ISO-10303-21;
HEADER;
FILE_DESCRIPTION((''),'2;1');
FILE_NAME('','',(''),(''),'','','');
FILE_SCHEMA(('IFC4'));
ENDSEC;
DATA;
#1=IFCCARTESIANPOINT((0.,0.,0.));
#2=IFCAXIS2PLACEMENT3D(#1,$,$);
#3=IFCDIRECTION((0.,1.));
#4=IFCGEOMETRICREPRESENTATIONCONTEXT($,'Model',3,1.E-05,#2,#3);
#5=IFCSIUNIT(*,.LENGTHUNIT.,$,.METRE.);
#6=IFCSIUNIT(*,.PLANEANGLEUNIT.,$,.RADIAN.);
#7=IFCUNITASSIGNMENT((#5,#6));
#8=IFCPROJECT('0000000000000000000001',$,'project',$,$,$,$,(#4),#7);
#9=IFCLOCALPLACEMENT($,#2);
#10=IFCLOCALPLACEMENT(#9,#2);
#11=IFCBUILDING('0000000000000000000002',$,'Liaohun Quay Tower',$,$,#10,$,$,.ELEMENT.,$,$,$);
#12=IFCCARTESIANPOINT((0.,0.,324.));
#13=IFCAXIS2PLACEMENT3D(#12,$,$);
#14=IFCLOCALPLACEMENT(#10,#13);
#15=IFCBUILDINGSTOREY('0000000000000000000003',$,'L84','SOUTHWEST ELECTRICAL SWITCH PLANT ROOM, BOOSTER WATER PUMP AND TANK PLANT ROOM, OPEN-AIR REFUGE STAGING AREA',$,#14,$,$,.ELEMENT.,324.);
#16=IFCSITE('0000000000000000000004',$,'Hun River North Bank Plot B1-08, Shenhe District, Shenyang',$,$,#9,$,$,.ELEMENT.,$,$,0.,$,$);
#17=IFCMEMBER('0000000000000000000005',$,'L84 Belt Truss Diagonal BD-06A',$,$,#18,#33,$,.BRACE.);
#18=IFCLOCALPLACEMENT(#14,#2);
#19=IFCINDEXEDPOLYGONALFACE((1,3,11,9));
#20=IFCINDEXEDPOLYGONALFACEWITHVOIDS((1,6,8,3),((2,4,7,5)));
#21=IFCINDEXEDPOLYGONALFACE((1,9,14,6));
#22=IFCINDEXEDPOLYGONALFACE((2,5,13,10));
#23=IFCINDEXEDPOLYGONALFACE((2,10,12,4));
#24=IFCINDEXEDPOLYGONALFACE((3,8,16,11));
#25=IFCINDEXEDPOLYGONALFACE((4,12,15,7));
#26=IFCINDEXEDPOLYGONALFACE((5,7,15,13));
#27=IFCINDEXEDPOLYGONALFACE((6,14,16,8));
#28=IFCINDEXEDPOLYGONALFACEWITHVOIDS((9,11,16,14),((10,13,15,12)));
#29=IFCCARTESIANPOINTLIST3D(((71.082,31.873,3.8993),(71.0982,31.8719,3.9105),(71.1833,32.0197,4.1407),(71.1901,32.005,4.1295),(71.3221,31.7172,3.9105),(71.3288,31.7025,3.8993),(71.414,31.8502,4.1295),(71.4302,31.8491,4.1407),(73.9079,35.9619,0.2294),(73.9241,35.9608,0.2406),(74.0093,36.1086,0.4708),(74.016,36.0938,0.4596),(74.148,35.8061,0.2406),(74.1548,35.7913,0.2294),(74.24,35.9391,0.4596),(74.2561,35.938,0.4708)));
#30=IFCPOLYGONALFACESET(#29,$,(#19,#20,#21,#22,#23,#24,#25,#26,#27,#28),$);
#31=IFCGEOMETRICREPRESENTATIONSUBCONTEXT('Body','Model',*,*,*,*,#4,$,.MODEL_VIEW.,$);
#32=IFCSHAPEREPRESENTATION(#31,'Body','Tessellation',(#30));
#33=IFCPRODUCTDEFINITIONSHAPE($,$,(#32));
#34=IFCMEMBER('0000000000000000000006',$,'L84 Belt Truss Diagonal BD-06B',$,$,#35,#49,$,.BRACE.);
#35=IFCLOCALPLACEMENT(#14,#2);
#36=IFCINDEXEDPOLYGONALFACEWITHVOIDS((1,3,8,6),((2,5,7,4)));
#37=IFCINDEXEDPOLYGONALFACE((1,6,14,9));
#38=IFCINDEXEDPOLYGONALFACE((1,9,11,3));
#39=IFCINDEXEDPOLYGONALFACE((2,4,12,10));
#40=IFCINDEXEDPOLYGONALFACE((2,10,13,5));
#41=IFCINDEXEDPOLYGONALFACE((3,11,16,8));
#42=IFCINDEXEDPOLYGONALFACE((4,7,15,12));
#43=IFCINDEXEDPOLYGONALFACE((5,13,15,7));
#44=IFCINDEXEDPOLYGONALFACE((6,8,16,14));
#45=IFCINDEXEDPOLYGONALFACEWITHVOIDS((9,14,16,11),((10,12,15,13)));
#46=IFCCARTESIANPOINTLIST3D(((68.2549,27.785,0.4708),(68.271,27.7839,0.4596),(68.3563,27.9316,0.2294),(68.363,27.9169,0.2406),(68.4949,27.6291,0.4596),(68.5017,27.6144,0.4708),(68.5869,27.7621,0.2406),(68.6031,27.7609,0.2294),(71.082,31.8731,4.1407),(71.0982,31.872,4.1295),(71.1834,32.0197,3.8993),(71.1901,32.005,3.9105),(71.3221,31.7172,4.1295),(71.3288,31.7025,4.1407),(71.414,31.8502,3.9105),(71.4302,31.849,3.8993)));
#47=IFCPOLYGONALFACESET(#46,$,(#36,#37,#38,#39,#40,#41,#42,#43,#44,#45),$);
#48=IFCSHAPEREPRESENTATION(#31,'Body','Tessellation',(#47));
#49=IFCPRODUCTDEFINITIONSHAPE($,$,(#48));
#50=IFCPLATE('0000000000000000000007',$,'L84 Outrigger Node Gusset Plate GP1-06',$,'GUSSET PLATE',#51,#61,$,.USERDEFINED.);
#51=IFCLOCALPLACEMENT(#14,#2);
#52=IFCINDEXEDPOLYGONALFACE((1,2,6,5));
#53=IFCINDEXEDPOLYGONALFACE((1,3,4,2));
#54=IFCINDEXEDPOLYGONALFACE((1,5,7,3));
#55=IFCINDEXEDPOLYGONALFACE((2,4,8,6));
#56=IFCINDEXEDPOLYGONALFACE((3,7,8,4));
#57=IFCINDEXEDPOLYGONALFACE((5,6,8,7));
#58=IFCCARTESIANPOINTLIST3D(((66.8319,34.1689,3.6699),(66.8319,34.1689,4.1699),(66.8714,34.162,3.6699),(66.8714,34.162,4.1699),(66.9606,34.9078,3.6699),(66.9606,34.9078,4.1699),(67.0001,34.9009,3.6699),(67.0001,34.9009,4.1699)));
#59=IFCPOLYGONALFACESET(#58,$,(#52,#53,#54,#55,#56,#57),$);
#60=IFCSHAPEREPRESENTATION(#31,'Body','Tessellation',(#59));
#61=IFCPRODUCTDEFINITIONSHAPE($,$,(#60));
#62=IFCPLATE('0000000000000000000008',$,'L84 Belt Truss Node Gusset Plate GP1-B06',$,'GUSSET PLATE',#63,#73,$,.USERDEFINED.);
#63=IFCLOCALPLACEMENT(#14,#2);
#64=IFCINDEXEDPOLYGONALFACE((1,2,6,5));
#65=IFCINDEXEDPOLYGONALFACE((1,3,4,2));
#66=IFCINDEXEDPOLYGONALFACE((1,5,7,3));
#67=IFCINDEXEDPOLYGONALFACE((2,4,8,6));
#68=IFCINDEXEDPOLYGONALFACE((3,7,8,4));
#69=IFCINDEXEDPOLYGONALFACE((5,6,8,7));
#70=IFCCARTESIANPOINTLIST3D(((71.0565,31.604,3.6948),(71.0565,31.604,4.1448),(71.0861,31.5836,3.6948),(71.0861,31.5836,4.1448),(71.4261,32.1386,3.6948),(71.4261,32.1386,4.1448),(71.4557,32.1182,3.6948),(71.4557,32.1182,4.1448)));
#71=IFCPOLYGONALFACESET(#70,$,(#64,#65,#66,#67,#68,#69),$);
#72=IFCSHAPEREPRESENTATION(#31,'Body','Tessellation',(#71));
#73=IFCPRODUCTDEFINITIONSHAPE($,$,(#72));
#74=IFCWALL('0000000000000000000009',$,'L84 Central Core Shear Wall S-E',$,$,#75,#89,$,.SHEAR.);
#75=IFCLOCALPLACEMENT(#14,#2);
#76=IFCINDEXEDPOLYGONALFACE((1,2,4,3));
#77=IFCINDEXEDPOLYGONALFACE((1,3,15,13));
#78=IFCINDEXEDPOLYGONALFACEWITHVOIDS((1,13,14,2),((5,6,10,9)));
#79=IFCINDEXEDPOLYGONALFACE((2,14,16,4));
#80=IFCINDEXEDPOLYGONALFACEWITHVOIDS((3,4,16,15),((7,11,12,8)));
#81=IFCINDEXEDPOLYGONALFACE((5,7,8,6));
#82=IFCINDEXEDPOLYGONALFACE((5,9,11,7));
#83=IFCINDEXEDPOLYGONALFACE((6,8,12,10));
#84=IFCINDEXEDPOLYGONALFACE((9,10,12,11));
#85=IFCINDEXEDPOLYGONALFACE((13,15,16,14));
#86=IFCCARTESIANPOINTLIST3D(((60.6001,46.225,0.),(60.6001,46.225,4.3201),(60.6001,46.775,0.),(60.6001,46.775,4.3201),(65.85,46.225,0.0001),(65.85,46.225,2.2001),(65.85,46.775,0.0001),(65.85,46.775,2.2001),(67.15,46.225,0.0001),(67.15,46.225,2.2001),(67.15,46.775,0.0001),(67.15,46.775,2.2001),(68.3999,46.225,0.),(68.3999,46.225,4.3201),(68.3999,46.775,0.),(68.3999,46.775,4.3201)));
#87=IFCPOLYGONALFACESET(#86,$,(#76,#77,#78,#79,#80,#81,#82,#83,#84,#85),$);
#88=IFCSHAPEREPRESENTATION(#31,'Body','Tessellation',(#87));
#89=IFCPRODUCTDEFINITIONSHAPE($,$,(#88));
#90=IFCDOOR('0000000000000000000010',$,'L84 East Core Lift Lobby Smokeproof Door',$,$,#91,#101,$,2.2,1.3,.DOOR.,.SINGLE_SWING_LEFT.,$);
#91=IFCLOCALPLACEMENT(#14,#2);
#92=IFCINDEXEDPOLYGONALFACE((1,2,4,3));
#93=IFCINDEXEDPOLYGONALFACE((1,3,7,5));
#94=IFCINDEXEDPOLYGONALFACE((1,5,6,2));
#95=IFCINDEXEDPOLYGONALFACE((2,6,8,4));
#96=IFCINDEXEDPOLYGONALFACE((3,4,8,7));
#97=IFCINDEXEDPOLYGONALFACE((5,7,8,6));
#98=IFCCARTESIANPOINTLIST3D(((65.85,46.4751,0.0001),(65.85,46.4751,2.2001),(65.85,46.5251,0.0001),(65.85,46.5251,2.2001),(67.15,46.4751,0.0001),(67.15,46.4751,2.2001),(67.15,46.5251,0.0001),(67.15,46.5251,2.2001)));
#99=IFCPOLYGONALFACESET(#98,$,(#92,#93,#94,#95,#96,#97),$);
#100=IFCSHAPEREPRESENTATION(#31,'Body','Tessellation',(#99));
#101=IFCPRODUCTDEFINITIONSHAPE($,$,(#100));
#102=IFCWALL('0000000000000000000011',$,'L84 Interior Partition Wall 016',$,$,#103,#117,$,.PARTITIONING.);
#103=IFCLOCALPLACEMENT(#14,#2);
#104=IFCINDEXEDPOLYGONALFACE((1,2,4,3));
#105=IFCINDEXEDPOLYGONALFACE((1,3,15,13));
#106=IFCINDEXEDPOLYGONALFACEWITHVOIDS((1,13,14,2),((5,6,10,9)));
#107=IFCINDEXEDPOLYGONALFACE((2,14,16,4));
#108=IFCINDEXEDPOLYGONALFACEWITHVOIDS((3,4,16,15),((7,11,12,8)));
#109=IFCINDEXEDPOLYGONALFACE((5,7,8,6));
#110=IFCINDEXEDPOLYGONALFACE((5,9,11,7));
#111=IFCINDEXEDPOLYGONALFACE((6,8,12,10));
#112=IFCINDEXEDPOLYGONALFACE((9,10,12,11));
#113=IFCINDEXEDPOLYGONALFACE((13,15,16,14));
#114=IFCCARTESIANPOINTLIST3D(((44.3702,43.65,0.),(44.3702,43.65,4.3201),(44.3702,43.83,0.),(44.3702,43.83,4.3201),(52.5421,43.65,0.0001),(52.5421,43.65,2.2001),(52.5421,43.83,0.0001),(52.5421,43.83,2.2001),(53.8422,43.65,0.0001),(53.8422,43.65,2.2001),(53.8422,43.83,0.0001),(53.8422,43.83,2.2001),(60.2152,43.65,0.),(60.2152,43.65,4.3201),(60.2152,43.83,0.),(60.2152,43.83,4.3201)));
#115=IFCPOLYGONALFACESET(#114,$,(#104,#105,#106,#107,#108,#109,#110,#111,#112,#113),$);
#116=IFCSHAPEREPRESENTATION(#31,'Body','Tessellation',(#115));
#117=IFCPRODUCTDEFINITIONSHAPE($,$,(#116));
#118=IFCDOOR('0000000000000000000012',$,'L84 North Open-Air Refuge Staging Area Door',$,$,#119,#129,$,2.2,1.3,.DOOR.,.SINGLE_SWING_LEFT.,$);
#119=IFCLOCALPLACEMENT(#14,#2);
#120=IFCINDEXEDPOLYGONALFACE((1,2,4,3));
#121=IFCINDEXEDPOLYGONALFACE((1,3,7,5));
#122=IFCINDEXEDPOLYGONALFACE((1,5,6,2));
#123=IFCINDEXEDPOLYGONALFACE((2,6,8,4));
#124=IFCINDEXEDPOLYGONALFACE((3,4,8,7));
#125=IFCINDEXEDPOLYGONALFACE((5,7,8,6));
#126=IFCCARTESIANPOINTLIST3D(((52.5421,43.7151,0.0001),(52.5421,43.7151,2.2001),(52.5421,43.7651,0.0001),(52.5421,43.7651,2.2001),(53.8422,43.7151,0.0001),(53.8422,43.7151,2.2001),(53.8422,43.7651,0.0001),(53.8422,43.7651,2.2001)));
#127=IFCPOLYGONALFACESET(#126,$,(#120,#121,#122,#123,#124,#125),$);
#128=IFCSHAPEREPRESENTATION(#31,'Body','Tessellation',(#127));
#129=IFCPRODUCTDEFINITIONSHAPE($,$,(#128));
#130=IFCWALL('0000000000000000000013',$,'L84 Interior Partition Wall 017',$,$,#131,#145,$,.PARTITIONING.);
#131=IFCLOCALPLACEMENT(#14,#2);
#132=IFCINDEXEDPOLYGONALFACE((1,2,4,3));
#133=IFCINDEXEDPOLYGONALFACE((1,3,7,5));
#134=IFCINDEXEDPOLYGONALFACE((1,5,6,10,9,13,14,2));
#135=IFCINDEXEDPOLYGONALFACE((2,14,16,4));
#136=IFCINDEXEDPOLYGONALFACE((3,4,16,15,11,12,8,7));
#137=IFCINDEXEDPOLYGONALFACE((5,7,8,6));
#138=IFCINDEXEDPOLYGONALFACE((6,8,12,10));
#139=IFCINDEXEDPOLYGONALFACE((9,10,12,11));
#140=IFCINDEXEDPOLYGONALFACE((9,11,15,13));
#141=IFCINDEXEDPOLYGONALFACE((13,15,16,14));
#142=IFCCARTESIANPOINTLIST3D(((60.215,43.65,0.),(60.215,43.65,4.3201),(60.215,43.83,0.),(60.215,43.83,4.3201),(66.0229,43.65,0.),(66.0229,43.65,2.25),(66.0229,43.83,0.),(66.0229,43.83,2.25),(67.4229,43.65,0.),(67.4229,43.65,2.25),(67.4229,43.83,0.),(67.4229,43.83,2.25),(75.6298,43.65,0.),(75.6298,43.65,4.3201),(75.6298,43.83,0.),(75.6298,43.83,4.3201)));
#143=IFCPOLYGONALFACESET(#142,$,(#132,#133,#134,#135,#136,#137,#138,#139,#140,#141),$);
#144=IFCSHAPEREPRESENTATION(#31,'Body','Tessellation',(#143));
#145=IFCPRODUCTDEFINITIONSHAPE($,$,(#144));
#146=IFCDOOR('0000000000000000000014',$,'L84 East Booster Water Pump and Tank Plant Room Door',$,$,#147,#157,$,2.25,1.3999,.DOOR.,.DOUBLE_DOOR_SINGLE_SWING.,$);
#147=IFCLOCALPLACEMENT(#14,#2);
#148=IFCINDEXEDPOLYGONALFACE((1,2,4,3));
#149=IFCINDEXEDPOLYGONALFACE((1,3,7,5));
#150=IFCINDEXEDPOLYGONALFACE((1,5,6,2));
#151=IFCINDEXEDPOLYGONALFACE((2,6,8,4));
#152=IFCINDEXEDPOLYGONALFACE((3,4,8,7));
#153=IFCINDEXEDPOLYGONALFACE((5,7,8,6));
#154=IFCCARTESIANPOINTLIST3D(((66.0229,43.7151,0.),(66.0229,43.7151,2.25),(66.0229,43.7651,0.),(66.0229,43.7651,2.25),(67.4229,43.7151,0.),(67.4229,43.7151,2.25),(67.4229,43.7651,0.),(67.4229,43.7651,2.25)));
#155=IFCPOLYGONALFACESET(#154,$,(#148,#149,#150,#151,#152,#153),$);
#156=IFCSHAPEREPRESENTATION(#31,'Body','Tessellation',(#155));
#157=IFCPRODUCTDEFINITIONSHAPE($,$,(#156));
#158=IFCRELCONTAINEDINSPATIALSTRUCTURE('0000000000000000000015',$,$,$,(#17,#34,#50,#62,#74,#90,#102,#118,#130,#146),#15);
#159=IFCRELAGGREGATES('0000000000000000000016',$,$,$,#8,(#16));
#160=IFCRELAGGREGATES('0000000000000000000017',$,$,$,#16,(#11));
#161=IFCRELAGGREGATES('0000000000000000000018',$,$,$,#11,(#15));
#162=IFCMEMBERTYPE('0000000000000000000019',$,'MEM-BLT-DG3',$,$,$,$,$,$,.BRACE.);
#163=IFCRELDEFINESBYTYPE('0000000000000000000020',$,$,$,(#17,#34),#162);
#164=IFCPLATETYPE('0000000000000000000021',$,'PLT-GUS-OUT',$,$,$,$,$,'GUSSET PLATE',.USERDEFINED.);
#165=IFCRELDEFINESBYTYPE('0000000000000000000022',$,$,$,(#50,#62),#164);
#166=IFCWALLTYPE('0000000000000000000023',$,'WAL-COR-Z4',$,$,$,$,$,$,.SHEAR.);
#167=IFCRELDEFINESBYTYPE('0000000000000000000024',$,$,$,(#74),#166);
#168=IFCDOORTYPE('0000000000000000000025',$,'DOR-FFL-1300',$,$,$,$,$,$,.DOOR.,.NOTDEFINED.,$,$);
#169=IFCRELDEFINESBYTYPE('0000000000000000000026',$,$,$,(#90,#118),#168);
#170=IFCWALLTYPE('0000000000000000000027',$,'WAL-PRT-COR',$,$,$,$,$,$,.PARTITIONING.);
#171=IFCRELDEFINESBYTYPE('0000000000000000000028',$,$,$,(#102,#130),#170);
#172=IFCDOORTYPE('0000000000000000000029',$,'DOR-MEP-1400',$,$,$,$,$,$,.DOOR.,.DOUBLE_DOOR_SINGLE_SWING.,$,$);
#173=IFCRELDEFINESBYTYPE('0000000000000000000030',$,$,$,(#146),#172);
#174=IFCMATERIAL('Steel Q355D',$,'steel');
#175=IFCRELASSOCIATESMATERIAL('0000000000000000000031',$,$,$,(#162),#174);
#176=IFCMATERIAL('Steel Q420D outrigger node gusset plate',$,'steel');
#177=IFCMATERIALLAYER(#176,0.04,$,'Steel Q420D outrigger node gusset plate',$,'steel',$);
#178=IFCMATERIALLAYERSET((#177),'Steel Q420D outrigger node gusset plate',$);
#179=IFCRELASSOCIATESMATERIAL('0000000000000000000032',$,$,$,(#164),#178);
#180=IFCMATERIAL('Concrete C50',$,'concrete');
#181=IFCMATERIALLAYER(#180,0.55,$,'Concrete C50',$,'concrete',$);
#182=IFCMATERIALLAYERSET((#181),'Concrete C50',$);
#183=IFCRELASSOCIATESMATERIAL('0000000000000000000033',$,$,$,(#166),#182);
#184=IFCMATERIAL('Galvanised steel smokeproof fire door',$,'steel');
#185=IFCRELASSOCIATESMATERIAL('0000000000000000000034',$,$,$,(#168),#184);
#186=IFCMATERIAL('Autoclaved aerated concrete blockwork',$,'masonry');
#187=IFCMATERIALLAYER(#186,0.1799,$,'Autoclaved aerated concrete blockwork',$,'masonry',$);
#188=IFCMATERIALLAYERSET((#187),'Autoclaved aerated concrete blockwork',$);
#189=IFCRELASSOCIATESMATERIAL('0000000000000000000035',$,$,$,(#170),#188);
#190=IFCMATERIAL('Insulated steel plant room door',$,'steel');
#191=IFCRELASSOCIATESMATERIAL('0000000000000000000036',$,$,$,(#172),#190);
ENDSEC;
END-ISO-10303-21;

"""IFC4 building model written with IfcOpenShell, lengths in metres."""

from ifc_helpers import new_model, si_unit, direction, frame, frame_2d, origin, origin_2d, place, context, subcontext, project, spatial, rectangle, hollow_rectangle, extrude, source, transform, mapped, material, layer, layer_set, material_profile, profile_set, type_object, element, fill, save


model = new_model("IFC4")

# Units and contexts
model_context = context("Model", 3, precision=1e-05, world=origin(), true_north=direction((0.0, 1.0)))
body_context = subcontext(model_context, "Body", "Model", "MODEL_VIEW")
ifc_project = project(units=[si_unit("LENGTHUNIT", "METRE"), si_unit("PLANEANGLEUNIT", "RADIAN")], contexts=[model_context])

# Site, building, storey
site_placement = place(None, origin())
site = spatial("IfcSite", under=ifc_project, at=site_placement, Name="Hun River North Bank Plot B1-08, Shenhe District, Shenyang", CompositionType="ELEMENT", RefElevation=0.0)
building_placement = place(site_placement, origin())
building = spatial("IfcBuilding", under=site, at=building_placement, Name="Liaohun Quay Tower", CompositionType="ELEMENT")
storey_placement = place(building_placement, frame((0.0, 0.0, 324.0)))
storey = spatial("IfcBuildingStorey", under=building, at=storey_placement, Name="L84", Description="SOUTHWEST ELECTRICAL SWITCH PLANT ROOM, BOOSTER WATER PUMP AND TANK PLANT ROOM, OPEN-AIR REFUGE STAGING AREA", CompositionType="ELEMENT", Elevation=324.0)

# Shared definitions
ifc_material_1 = material(Name="Concrete C50", Category="concrete")

# Shared definitions
ifc_material_2 = material(Name="Steel Q355D", Category="steel")

# Members
ifc_material_profile_1 = material_profile(ifc_material_2, hollow_rectangle(XDim=0.3, YDim=0.3, WallThickness=0.0139, at=origin_2d()), Name="SHS300x300x14")
ifc_profile_set_1 = profile_set([ifc_material_profile_1], Name="Steel Q355D")
member_type_1 = type_object("IfcMemberType", Name="MEM-BLT-DG3", PredefinedType="BRACE", material=ifc_profile_set_1)
shared_shape_1 = source(origin(), body_context, "Body", "SweptSolid", [
    extrude(hollow_rectangle(XDim=0.3, YDim=0.3, WallThickness=0.0139, at=origin_2d()), origin(), (0.0, 0.0, 1.0), 6.1785),
])
for number, where, z_axis, x_axis, name in (
    (1, (74.082, 35.95, 0.3501), (-0.457386, -0.661797, 0.593989), (0.822646, -0.568553, 0.0), "L84 Belt Truss Diagonal BD-06A"),
    (2, (71.2561, 31.8611, 4.02), (-0.457578, -0.66167, -0.593982), (0.822484, -0.568788, 0.0), "L84 Belt Truss Diagonal BD-06B"),
):
    element("IfcMember", number, at=place(storey_placement, frame(where, z_axis=z_axis, x_axis=x_axis)), inside=storey, type_object=member_type_1, Name=name, PredefinedType="BRACE", context=body_context, shape_type="MappedRepresentation", body=[
        mapped(shared_shape_1, transform((0.0, 0.0, 0.0), x_axis=(1.0, 0.0, 0.0), y_axis=(0.0, 1.0, 0.0), z_axis=(0.0, 0.0, 1.0), scale=1.0)),
    ])

# Plates
ifc_material_3 = material(Name="Steel Q420D outrigger node gusset plate", Category="steel")
ifc_layer_1 = layer(ifc_material_3, 0.04, Name="Steel Q420D outrigger node gusset plate", Category="steel")
ifc_layer_set_1 = layer_set([ifc_layer_1], Name="Steel Q420D outrigger node gusset plate")
plate_type = type_object("IfcPlateType", Name="PLT-GUS-OUT", ElementType="GUSSET PLATE", PredefinedType="USERDEFINED", material=ifc_layer_set_1)
shared_shape_2 = source(origin(), body_context, "Body", "SweptSolid", [
    extrude(rectangle(XDim=0.75, YDim=0.04, at=origin_2d()), origin(), (0.0, 0.0, 1.0), 0.5),
])
plate_1_placement = place(storey_placement, frame((66.916, 34.5349, 3.6699), z_axis=(0.0, 0.0, 1.0), x_axis=(-0.171585, -0.985169, 0.0)))
element("IfcPlate", 3, at=plate_1_placement, inside=storey, type_object=plate_type, Name="L84 Outrigger Node Gusset Plate GP1-06", ObjectType="GUSSET PLATE", PredefinedType="USERDEFINED", context=body_context, shape_type="MappedRepresentation", body=[
    mapped(shared_shape_2, transform((0.0, 0.0, 0.0), x_axis=(1.0, 0.0, 0.0), y_axis=(0.0, 1.0, 0.0), z_axis=(0.0, 0.0, 1.0), scale=1.0)),
])
shared_shape_3 = source(origin(), body_context, "Body", "SweptSolid", [
    extrude(rectangle(XDim=0.6499, YDim=0.0359, at=origin_2d()), origin(), (0.0, 0.0, 1.0), 0.45),
])
plate_2_placement = place(storey_placement, frame((71.2561, 31.8611, 3.6948), z_axis=(0.0, 0.0, 1.0), x_axis=(-0.568705, -0.822541, 0.0)))
element("IfcPlate", 4, at=plate_2_placement, inside=storey, type_object=plate_type, Name="L84 Belt Truss Node Gusset Plate GP1-B06", ObjectType="GUSSET PLATE", PredefinedType="USERDEFINED", context=body_context, shape_type="MappedRepresentation", body=[
    mapped(shared_shape_3, transform((0.0, 0.0, 0.0), x_axis=(1.0, 0.0, 0.0), y_axis=(0.0, 1.0, 0.0), z_axis=(0.0, 0.0, 1.0), scale=1.0)),
])

# Walls, openings, doors
ifc_layer_2 = layer(ifc_material_1, 0.55, Name="Concrete C50", Category="concrete")
ifc_layer_set_2 = layer_set([ifc_layer_2], Name="Concrete C50")
wall_type_1 = type_object("IfcWallType", Name="WAL-COR-Z4", PredefinedType="SHEAR", material=ifc_layer_set_2)
wall_1_placement = place(storey_placement, frame((68.3999, 46.5, 0.0), z_axis=(0.0, 0.0, 1.0), x_axis=(-1.0, 0.0, 0.0)))
wall_1 = element("IfcWall", 5, at=wall_1_placement, inside=storey, type_object=wall_type_1, Name="L84 Central Core Shear Wall S-E", PredefinedType="SHEAR", context=body_context, shape_type="SweptSolid", body=[
    extrude(rectangle(XDim=7.7998, YDim=0.55, at=frame_2d((3.8999, 0.0))), origin(), (0.0, 0.0, 1.0), 4.3201),
])
shared_shape_4 = source(origin(), body_context, "Body", "SweptSolid", [
    extrude(rectangle(XDim=1.3, YDim=2.2, at=frame_2d((0.6499, 1.1001))), frame((0.0, 0.2849, 0.0), z_axis=(0.0, -1.0, 0.0), x_axis=(1.0, 0.0, 0.0)), (0.0, 0.0, 1.0), 0.5701),
])
opening_1_placement = place(wall_1_placement, frame((1.25, 0.0, 0.0)))
opening_1 = element("IfcOpeningElement", 6, at=opening_1_placement, cuts=wall_1, PredefinedType="OPENING", context=body_context, shape_type="MappedRepresentation", body=[
    mapped(shared_shape_4, transform((0.0, 0.0, 0.0), x_axis=(1.0, 0.0, 0.0), y_axis=(0.0, 1.0, 0.0), z_axis=(0.0, 0.0, 1.0), scale=1.0)),
])
ifc_material_4 = material(Name="Galvanised steel smokeproof fire door", Category="steel")
door_type_1 = type_object("IfcDoorType", Name="DOR-FFL-1300", OperationType="NOTDEFINED", PredefinedType="DOOR", material=ifc_material_4)
shared_shape_5 = source(origin(), body_context, "Body", "SweptSolid", [
    extrude(rectangle(XDim=1.3, YDim=2.2, at=frame_2d((0.6499, 1.1001))), frame((0.0, 0.0249, 0.0), z_axis=(0.0, -1.0, 0.0), x_axis=(1.0, 0.0, 0.0)), (0.0, 0.0, 1.0), 0.05),
])
door_1_placement = place(opening_1_placement, origin())
door_1 = element("IfcDoor", 7, at=door_1_placement, inside=storey, type_object=door_type_1, Name="L84 East Core Lift Lobby Smokeproof Door", OperationType="SINGLE_SWING_LEFT", OverallHeight=2.2, OverallWidth=1.3, PredefinedType="DOOR", context=body_context, shape_type="MappedRepresentation", body=[
    mapped(shared_shape_5, transform((0.0, 0.0, 0.0), x_axis=(1.0, 0.0, 0.0), y_axis=(0.0, 1.0, 0.0), z_axis=(0.0, 0.0, 1.0), scale=1.0)),
])
fill(opening_1, door_1)
ifc_material_5 = material(Name="Autoclaved aerated concrete blockwork", Category="masonry")
ifc_layer_3 = layer(ifc_material_5, 0.1799, Name="Autoclaved aerated concrete blockwork", Category="masonry")
ifc_layer_set_3 = layer_set([ifc_layer_3], Name="Autoclaved aerated concrete blockwork")
wall_type_2 = type_object("IfcWallType", Name="WAL-PRT-COR", PredefinedType="PARTITIONING", material=ifc_layer_set_3)
wall_2_placement = place(storey_placement, frame((60.2151, 43.74, 0.0), z_axis=(0.0, 0.0, 1.0), x_axis=(-1.0, 0.0, 0.0)))
wall_2 = element("IfcWall", 8, at=wall_2_placement, inside=storey, type_object=wall_type_2, Name="L84 Interior Partition Wall 016", PredefinedType="PARTITIONING", context=body_context, shape_type="SweptSolid", body=[
    extrude(rectangle(XDim=15.845, YDim=0.1799, at=frame_2d((7.9224, 0.0))), origin(), (0.0, 0.0, 1.0), 4.3201),
])
shared_shape_6 = source(origin(), body_context, "Body", "SweptSolid", [
    extrude(rectangle(XDim=1.3, YDim=2.2, at=frame_2d((0.6499, 1.1001))), frame((0.0, 0.0999, 0.0), z_axis=(0.0, -1.0, 0.0), x_axis=(1.0, 0.0, 0.0)), (0.0, 0.0, 1.0), 0.2),
])
opening_2_placement = place(wall_2_placement, frame((6.373, 0.0, 0.0)))
opening_2 = element("IfcOpeningElement", 9, at=opening_2_placement, cuts=wall_2, PredefinedType="OPENING", context=body_context, shape_type="MappedRepresentation", body=[
    mapped(shared_shape_6, transform((0.0, 0.0, 0.0), x_axis=(1.0, 0.0, 0.0), y_axis=(0.0, 1.0, 0.0), z_axis=(0.0, 0.0, 1.0), scale=1.0)),
])
door_2_placement = place(opening_2_placement, origin())
door_2 = element("IfcDoor", 10, at=door_2_placement, inside=storey, type_object=door_type_1, Name="L84 North Open-Air Refuge Staging Area Door", OperationType="SINGLE_SWING_LEFT", OverallHeight=2.2, OverallWidth=1.3, PredefinedType="DOOR", context=body_context, shape_type="MappedRepresentation", body=[
    mapped(shared_shape_5, transform((0.0, 0.0, 0.0), x_axis=(1.0, 0.0, 0.0), y_axis=(0.0, 1.0, 0.0), z_axis=(0.0, 0.0, 1.0), scale=1.0)),
])
fill(opening_2, door_2)
wall_3_placement = place(storey_placement, frame((75.6299, 43.74, 0.0), z_axis=(0.0, 0.0, 1.0), x_axis=(-1.0, 0.0, 0.0)))
wall_3 = element("IfcWall", 11, at=wall_3_placement, inside=storey, type_object=wall_type_2, Name="L84 Interior Partition Wall 017", PredefinedType="PARTITIONING", context=body_context, shape_type="SweptSolid", body=[
    extrude(rectangle(XDim=15.4148, YDim=0.1799, at=frame_2d((7.7075, 0.0))), origin(), (0.0, 0.0, 1.0), 4.3201),
])
shared_shape_7 = source(origin(), body_context, "Body", "SweptSolid", [
    extrude(rectangle(XDim=1.3999, YDim=2.25, at=frame_2d((0.7, 1.125))), frame((0.0, 0.0999, 0.0), z_axis=(0.0, -1.0, 0.0), x_axis=(1.0, 0.0, 0.0)), (0.0, 0.0, 1.0), 0.2),
])
opening_3_placement = place(wall_3_placement, frame((8.207, 0.0, 0.0)))
opening_3 = element("IfcOpeningElement", 12, at=opening_3_placement, cuts=wall_3, PredefinedType="OPENING", context=body_context, shape_type="MappedRepresentation", body=[
    mapped(shared_shape_7, transform((0.0, 0.0, 0.0), x_axis=(1.0, 0.0, 0.0), y_axis=(0.0, 1.0, 0.0), z_axis=(0.0, 0.0, 1.0), scale=1.0)),
])
ifc_material_6 = material(Name="Insulated steel plant room door", Category="steel")
door_type_2 = type_object("IfcDoorType", Name="DOR-MEP-1400", OperationType="DOUBLE_DOOR_SINGLE_SWING", PredefinedType="DOOR", material=ifc_material_6)
shared_shape_8 = source(origin(), body_context, "Body", "SweptSolid", [
    extrude(rectangle(XDim=1.3999, YDim=2.25, at=frame_2d((0.7, 1.125))), frame((0.0, 0.0249, 0.0), z_axis=(0.0, -1.0, 0.0), x_axis=(1.0, 0.0, 0.0)), (0.0, 0.0, 1.0), 0.05),
])
door_3_placement = place(opening_3_placement, origin())
door_3 = element("IfcDoor", 13, at=door_3_placement, inside=storey, type_object=door_type_2, Name="L84 East Booster Water Pump and Tank Plant Room Door", OperationType="DOUBLE_DOOR_SINGLE_SWING", OverallHeight=2.25, OverallWidth=1.3999, PredefinedType="DOOR", context=body_context, shape_type="MappedRepresentation", body=[
    mapped(shared_shape_8, transform((0.0, 0.0, 0.0), x_axis=(1.0, 0.0, 0.0), y_axis=(0.0, 1.0, 0.0), z_axis=(0.0, 0.0, 1.0), scale=1.0)),
])
fill(opening_3, door_3)

save(model, "model.ifc")
